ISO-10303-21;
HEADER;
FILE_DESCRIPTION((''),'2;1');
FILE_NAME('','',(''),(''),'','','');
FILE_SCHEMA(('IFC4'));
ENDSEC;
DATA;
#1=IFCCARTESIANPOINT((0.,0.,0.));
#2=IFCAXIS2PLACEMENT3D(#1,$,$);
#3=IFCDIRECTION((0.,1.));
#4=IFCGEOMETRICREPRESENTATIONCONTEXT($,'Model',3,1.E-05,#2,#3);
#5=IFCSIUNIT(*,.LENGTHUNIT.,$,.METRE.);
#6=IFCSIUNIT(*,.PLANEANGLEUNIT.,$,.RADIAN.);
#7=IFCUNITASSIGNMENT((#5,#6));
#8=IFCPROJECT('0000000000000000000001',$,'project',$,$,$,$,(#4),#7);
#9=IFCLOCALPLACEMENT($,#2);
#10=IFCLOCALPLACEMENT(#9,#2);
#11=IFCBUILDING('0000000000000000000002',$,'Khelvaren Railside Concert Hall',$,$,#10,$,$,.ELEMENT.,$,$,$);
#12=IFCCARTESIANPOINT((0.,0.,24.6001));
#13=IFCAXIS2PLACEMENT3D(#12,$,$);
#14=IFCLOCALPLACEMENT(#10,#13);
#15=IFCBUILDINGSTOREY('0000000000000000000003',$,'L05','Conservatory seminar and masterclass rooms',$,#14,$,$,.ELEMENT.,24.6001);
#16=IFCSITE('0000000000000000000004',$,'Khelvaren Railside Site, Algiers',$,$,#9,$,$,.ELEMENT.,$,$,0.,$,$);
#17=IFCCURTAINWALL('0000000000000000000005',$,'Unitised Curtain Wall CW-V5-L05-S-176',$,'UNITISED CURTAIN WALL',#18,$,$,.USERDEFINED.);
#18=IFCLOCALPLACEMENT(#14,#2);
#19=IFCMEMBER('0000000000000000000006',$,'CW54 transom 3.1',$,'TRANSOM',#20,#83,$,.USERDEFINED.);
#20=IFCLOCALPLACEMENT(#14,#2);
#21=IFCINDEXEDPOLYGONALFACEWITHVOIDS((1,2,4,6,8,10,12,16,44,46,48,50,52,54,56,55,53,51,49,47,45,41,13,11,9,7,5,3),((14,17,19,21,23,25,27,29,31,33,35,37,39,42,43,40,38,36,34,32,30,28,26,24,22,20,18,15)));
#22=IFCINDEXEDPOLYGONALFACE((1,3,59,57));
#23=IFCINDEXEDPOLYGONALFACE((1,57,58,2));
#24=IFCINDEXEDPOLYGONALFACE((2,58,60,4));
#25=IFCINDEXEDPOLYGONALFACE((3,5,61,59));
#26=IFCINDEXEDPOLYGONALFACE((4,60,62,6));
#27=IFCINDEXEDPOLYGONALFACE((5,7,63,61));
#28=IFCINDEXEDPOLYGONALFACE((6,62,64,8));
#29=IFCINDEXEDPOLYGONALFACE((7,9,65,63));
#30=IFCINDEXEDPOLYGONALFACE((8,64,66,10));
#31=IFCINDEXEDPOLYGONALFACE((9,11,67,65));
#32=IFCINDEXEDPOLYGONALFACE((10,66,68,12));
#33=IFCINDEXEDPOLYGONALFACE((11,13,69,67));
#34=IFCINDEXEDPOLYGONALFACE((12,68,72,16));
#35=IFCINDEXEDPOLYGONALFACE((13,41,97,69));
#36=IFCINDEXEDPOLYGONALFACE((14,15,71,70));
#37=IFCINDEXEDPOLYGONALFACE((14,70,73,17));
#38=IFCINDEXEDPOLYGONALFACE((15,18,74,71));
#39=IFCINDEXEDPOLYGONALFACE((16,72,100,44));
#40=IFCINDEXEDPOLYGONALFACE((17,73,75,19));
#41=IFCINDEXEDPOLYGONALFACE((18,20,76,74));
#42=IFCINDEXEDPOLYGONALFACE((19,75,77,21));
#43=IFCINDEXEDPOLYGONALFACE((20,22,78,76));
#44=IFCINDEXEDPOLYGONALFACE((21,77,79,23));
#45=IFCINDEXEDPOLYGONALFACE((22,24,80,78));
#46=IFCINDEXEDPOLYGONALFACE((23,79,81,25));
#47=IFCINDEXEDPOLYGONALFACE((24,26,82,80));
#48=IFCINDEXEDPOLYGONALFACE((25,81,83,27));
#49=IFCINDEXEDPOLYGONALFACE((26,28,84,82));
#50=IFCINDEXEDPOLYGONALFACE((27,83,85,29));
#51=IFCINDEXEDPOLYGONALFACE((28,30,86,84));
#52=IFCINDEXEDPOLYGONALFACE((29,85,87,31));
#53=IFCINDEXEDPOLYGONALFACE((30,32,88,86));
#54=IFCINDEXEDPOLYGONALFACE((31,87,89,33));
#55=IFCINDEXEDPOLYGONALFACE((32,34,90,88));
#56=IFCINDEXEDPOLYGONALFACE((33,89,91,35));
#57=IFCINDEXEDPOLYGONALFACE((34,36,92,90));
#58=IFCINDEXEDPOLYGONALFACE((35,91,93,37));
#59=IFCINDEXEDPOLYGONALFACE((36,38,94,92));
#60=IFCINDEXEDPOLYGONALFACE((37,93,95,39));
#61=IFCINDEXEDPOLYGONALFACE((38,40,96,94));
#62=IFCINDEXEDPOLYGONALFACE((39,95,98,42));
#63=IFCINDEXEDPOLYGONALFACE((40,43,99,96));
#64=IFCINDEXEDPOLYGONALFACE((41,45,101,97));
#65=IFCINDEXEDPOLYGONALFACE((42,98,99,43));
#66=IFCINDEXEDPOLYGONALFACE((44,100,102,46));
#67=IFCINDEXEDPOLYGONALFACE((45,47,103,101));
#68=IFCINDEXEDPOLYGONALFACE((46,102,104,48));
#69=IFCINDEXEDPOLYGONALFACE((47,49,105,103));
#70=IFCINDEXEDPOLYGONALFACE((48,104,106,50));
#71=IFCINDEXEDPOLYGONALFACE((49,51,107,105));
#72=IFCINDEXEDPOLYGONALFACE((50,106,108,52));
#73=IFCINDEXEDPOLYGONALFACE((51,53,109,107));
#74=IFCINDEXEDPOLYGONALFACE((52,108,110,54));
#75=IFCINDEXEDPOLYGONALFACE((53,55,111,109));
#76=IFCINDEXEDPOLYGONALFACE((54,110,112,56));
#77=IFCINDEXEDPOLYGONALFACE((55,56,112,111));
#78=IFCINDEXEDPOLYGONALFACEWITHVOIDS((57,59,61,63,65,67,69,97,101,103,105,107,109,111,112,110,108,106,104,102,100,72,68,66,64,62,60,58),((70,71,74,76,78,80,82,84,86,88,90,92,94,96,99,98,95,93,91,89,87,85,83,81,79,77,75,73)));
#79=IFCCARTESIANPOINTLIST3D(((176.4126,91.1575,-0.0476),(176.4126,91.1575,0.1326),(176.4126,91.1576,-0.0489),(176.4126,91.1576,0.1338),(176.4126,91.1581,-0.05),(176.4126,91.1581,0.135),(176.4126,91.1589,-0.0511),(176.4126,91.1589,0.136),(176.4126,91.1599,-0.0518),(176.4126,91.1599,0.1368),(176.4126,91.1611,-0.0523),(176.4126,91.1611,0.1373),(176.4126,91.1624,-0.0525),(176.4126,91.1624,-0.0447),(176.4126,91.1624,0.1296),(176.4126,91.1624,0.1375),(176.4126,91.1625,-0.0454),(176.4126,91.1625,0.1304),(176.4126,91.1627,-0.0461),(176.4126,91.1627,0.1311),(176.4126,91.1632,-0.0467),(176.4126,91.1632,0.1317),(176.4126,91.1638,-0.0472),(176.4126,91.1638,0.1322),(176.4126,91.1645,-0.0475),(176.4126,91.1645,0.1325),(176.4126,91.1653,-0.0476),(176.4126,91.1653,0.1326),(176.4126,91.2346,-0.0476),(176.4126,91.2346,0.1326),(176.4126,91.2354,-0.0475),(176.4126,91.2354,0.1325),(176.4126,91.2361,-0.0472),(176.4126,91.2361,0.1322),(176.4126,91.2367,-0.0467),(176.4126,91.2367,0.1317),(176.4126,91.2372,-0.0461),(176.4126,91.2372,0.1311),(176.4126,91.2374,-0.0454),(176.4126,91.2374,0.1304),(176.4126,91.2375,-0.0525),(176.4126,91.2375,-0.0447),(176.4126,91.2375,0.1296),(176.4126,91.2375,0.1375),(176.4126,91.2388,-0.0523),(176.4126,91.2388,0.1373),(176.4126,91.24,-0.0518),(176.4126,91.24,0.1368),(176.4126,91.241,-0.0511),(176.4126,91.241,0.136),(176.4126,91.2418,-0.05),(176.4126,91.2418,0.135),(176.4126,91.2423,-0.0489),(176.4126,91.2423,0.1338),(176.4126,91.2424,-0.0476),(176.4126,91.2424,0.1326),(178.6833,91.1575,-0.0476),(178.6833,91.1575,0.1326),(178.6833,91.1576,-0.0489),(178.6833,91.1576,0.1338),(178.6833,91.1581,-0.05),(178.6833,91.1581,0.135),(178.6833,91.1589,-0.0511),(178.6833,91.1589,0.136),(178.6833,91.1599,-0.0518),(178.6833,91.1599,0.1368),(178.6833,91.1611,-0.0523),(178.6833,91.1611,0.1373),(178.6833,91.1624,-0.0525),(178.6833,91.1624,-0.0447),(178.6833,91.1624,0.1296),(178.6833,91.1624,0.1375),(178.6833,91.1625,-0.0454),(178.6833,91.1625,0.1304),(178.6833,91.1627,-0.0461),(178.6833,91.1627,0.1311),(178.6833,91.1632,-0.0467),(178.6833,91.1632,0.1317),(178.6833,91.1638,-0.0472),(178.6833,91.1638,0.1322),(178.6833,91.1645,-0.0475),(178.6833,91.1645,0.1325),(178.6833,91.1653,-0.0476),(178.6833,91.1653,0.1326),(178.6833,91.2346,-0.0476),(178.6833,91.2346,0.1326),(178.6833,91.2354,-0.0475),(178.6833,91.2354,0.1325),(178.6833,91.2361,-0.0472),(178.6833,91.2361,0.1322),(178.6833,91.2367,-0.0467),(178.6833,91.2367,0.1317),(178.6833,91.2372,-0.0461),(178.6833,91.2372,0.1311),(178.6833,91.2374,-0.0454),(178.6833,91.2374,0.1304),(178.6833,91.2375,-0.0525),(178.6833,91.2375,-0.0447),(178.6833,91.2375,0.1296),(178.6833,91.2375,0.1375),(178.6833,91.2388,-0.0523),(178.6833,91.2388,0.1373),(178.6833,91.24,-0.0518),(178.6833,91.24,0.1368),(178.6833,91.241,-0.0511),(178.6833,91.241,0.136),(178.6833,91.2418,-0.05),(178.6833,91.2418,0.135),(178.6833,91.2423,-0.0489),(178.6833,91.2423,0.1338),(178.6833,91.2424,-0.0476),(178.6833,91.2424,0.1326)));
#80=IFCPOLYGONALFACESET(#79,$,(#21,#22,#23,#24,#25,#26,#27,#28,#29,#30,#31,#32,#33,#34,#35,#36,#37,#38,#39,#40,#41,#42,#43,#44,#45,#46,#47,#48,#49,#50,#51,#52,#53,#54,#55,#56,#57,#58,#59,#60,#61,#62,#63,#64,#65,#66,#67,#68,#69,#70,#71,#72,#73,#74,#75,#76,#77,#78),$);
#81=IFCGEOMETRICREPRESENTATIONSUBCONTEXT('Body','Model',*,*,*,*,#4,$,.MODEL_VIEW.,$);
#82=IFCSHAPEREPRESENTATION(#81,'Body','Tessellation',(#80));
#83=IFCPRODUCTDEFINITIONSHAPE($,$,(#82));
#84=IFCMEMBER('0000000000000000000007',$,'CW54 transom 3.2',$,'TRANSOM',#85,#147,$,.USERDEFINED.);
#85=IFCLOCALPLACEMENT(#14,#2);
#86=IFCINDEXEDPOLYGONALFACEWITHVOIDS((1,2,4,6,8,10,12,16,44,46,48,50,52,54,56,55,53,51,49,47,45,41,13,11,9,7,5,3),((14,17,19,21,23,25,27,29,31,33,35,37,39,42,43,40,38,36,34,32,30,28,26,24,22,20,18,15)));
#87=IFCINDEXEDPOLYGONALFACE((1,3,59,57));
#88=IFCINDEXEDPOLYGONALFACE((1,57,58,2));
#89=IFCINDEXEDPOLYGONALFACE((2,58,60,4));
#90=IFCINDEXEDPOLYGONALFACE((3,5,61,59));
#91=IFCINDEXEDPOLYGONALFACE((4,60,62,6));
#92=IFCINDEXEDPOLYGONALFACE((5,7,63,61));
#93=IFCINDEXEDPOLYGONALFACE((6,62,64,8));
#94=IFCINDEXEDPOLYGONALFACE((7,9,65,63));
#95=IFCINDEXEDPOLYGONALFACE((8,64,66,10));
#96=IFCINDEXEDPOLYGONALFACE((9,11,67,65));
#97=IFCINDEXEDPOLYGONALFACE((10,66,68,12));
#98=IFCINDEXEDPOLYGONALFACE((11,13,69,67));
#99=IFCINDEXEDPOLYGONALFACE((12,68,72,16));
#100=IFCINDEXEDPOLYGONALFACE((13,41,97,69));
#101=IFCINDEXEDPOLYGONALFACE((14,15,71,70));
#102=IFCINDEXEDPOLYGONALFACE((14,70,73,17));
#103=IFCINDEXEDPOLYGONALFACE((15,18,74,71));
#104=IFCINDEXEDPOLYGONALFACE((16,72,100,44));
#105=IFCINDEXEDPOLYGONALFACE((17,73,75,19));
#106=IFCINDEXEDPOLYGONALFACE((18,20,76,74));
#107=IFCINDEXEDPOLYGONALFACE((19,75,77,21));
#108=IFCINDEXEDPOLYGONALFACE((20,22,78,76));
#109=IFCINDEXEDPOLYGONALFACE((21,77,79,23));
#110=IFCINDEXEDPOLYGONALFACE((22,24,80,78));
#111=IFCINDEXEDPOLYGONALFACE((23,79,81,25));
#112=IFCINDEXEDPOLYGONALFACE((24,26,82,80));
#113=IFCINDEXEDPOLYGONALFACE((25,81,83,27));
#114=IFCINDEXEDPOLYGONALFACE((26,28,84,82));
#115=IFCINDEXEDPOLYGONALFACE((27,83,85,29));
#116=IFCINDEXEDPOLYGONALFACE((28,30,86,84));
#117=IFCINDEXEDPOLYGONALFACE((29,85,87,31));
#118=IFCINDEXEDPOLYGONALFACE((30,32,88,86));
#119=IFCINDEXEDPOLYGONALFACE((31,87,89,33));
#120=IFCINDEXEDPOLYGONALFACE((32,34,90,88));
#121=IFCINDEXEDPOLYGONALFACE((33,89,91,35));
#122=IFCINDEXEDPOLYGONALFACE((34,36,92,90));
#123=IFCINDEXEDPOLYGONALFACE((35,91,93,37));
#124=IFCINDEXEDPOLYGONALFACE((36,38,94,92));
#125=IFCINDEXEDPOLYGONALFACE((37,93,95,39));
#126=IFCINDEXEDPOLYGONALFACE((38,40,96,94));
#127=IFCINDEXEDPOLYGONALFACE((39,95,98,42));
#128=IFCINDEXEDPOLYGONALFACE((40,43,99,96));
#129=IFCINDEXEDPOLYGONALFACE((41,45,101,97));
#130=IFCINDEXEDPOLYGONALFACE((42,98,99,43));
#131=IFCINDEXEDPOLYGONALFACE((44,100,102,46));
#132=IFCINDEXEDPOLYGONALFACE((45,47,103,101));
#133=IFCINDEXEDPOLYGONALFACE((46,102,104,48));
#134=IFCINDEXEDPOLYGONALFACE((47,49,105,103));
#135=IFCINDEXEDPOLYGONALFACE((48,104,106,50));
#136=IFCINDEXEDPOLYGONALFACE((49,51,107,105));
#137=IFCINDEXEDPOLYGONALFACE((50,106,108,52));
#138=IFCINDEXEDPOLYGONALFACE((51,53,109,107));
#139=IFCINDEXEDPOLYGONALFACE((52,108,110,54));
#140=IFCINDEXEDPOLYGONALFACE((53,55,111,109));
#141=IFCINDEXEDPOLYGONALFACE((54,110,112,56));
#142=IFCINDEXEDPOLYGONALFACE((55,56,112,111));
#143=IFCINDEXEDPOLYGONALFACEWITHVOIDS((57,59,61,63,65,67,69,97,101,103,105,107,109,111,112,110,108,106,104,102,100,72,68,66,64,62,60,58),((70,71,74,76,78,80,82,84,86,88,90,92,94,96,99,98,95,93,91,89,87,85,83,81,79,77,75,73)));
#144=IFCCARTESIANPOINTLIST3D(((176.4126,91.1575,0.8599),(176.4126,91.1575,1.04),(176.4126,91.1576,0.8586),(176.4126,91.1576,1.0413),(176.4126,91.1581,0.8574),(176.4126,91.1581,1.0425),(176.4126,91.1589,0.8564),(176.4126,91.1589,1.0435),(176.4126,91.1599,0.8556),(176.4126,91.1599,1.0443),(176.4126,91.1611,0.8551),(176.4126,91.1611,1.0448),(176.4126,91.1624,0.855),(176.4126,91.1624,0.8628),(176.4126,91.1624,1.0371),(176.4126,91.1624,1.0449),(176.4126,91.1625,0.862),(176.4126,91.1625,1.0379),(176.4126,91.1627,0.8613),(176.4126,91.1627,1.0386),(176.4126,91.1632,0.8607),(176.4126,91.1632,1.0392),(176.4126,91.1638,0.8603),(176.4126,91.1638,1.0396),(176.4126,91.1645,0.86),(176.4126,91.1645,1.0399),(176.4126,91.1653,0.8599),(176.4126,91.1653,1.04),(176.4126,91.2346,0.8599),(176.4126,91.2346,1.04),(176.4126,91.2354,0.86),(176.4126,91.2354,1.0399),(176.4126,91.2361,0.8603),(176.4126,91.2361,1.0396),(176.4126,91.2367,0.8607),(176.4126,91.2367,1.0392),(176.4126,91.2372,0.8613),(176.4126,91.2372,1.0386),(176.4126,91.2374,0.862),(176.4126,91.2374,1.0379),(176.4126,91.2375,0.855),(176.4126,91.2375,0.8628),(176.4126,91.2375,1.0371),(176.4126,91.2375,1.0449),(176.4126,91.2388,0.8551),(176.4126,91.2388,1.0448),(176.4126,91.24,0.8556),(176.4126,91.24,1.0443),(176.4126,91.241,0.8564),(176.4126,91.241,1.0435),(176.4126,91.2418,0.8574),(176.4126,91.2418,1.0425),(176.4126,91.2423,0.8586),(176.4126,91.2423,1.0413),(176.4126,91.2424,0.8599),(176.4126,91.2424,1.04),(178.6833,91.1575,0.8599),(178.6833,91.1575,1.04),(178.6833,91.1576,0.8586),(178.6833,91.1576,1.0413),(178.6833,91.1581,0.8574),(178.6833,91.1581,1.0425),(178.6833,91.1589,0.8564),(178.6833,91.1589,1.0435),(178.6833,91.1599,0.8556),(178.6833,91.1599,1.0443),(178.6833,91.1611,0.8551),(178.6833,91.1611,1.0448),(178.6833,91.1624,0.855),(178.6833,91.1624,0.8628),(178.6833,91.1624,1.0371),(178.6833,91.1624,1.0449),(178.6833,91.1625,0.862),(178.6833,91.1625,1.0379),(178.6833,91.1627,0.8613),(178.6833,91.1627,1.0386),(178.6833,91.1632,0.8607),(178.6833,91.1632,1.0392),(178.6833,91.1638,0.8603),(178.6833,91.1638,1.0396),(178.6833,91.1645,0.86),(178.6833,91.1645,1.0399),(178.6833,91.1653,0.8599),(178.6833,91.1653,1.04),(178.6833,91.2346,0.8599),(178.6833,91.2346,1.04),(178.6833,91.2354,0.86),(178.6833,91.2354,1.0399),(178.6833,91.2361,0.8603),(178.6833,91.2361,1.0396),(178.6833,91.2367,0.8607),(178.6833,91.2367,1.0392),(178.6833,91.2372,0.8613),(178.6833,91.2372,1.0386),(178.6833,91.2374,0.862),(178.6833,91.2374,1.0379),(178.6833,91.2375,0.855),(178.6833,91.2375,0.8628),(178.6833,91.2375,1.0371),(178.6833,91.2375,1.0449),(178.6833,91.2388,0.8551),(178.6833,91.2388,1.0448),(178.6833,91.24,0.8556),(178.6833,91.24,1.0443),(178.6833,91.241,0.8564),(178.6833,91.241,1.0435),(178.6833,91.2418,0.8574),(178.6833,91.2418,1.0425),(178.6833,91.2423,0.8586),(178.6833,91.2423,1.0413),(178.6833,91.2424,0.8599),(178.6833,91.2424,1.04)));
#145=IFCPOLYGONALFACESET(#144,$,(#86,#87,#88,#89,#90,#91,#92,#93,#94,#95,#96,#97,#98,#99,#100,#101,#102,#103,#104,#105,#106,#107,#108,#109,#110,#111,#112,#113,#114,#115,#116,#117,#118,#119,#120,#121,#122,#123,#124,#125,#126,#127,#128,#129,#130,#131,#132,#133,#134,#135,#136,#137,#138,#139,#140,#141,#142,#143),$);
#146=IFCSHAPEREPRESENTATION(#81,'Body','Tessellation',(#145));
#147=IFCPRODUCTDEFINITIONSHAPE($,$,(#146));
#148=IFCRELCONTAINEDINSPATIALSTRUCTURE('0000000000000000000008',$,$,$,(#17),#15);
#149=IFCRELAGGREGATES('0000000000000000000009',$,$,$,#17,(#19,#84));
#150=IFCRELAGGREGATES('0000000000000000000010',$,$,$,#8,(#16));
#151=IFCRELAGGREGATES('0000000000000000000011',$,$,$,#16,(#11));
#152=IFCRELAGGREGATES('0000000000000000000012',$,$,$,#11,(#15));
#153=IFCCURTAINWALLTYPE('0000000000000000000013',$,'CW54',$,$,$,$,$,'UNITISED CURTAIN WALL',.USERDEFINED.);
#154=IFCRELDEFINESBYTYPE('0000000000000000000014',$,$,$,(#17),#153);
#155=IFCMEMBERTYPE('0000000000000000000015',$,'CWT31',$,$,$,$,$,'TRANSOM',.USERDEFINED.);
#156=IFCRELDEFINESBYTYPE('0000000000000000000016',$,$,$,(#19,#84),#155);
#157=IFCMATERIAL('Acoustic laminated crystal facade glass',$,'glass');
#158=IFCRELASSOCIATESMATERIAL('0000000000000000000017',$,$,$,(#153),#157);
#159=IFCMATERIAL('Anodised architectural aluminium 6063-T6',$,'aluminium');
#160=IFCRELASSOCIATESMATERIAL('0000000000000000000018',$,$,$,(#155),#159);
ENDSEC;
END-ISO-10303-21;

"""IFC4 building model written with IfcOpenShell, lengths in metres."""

from ifc_helpers import new_model, si_unit, direction, frame, origin, origin_2d, place, context, subcontext, project, spatial, hollow_rectangle, extrude, material, material_profile, profile_set, type_object, element, aggregate, save


model = new_model("IFC4")

# Units and contexts
model_context = context("Model", 3, precision=1e-05, world=origin(), true_north=direction((0.0, 1.0)))
body_context = subcontext(model_context, "Body", "Model", "MODEL_VIEW")
ifc_project = project(units=[si_unit("LENGTHUNIT", "METRE"), si_unit("PLANEANGLEUNIT", "RADIAN")], contexts=[model_context])

# Site, building, storey
site_placement = place(None, origin())
site = spatial("IfcSite", under=ifc_project, at=site_placement, Name="Khelvaren Railside Site, Algiers", CompositionType="ELEMENT", RefElevation=0.0)
building_placement = place(site_placement, origin())
building = spatial("IfcBuilding", under=site, at=building_placement, Name="Khelvaren Railside Concert Hall", CompositionType="ELEMENT")
storey_placement = place(building_placement, frame((0.0, 0.0, 24.6001)))
storey = spatial("IfcBuildingStorey", under=building, at=storey_placement, Name="L05", Description="Conservatory seminar and masterclass rooms", CompositionType="ELEMENT", Elevation=24.6001)

# Shared definitions
ifc_material_1 = material(Name="Acoustic laminated crystal facade glass", Category="glass")
ifc_material_2 = material(Name="Anodised architectural aluminium 6063-T6", Category="aluminium")

# Curtain wall
curtain_wall_type_1 = type_object("IfcCurtainWallType", Name="CW54", ElementType="UNITISED CURTAIN WALL", PredefinedType="USERDEFINED", material=ifc_material_1)
curtain_wall_1_placement = place(storey_placement, origin())
curtain_wall_1 = element("IfcCurtainWall", 1, at=curtain_wall_1_placement, inside=storey, type_object=curtain_wall_type_1, Name="Unitised Curtain Wall CW-V5-L05-S-176", ObjectType="UNITISED CURTAIN WALL", PredefinedType="USERDEFINED")

# Members
ifc_material_profile_1 = material_profile(ifc_material_2, hollow_rectangle(XDim=0.085, YDim=0.1899, WallThickness=0.0049, InnerFilletRadius=0.0029, OuterFilletRadius=0.0049, at=origin_2d()), Name="CWT 85x190x5")
ifc_profile_set_1 = profile_set([ifc_material_profile_1], Name="Anodised architectural aluminium 6063-T6")
member_type_1 = type_object("IfcMemberType", Name="CWT31", ElementType="TRANSOM", PredefinedType="USERDEFINED", material=ifc_profile_set_1)
member_1_placement = place(storey_placement, frame((178.6833, 91.2, 0.0425), z_axis=(-1.0, 0.0, 0.0), x_axis=(0.0, -1.0, 0.0)))
member_1 = element("IfcMember", 2, at=member_1_placement, type_object=member_type_1, Name="CW54 transom 3.1", ObjectType="TRANSOM", PredefinedType="USERDEFINED", context=body_context, shape_type="SweptSolid", body=[
    extrude(hollow_rectangle(XDim=0.085, YDim=0.1899, WallThickness=0.0049, InnerFilletRadius=0.0029, OuterFilletRadius=0.0049, at=origin_2d()), origin(), (0.0, 0.0, 1.0), 2.2708),
])
member_2_placement = place(storey_placement, frame((178.6833, 91.2, 0.95), z_axis=(-1.0, 0.0, 0.0), x_axis=(0.0, -1.0, 0.0)))
member_2 = element("IfcMember", 3, at=member_2_placement, type_object=member_type_1, Name="CW54 transom 3.2", ObjectType="TRANSOM", PredefinedType="USERDEFINED", context=body_context, shape_type="SweptSolid", body=[
    extrude(hollow_rectangle(XDim=0.085, YDim=0.1899, WallThickness=0.0049, InnerFilletRadius=0.0029, OuterFilletRadius=0.0049, at=origin_2d()), origin(), (0.0, 0.0, 1.0), 2.2708),
])

aggregate(curtain_wall_1, [member_1, member_2])

save(model, "model.ifc")
